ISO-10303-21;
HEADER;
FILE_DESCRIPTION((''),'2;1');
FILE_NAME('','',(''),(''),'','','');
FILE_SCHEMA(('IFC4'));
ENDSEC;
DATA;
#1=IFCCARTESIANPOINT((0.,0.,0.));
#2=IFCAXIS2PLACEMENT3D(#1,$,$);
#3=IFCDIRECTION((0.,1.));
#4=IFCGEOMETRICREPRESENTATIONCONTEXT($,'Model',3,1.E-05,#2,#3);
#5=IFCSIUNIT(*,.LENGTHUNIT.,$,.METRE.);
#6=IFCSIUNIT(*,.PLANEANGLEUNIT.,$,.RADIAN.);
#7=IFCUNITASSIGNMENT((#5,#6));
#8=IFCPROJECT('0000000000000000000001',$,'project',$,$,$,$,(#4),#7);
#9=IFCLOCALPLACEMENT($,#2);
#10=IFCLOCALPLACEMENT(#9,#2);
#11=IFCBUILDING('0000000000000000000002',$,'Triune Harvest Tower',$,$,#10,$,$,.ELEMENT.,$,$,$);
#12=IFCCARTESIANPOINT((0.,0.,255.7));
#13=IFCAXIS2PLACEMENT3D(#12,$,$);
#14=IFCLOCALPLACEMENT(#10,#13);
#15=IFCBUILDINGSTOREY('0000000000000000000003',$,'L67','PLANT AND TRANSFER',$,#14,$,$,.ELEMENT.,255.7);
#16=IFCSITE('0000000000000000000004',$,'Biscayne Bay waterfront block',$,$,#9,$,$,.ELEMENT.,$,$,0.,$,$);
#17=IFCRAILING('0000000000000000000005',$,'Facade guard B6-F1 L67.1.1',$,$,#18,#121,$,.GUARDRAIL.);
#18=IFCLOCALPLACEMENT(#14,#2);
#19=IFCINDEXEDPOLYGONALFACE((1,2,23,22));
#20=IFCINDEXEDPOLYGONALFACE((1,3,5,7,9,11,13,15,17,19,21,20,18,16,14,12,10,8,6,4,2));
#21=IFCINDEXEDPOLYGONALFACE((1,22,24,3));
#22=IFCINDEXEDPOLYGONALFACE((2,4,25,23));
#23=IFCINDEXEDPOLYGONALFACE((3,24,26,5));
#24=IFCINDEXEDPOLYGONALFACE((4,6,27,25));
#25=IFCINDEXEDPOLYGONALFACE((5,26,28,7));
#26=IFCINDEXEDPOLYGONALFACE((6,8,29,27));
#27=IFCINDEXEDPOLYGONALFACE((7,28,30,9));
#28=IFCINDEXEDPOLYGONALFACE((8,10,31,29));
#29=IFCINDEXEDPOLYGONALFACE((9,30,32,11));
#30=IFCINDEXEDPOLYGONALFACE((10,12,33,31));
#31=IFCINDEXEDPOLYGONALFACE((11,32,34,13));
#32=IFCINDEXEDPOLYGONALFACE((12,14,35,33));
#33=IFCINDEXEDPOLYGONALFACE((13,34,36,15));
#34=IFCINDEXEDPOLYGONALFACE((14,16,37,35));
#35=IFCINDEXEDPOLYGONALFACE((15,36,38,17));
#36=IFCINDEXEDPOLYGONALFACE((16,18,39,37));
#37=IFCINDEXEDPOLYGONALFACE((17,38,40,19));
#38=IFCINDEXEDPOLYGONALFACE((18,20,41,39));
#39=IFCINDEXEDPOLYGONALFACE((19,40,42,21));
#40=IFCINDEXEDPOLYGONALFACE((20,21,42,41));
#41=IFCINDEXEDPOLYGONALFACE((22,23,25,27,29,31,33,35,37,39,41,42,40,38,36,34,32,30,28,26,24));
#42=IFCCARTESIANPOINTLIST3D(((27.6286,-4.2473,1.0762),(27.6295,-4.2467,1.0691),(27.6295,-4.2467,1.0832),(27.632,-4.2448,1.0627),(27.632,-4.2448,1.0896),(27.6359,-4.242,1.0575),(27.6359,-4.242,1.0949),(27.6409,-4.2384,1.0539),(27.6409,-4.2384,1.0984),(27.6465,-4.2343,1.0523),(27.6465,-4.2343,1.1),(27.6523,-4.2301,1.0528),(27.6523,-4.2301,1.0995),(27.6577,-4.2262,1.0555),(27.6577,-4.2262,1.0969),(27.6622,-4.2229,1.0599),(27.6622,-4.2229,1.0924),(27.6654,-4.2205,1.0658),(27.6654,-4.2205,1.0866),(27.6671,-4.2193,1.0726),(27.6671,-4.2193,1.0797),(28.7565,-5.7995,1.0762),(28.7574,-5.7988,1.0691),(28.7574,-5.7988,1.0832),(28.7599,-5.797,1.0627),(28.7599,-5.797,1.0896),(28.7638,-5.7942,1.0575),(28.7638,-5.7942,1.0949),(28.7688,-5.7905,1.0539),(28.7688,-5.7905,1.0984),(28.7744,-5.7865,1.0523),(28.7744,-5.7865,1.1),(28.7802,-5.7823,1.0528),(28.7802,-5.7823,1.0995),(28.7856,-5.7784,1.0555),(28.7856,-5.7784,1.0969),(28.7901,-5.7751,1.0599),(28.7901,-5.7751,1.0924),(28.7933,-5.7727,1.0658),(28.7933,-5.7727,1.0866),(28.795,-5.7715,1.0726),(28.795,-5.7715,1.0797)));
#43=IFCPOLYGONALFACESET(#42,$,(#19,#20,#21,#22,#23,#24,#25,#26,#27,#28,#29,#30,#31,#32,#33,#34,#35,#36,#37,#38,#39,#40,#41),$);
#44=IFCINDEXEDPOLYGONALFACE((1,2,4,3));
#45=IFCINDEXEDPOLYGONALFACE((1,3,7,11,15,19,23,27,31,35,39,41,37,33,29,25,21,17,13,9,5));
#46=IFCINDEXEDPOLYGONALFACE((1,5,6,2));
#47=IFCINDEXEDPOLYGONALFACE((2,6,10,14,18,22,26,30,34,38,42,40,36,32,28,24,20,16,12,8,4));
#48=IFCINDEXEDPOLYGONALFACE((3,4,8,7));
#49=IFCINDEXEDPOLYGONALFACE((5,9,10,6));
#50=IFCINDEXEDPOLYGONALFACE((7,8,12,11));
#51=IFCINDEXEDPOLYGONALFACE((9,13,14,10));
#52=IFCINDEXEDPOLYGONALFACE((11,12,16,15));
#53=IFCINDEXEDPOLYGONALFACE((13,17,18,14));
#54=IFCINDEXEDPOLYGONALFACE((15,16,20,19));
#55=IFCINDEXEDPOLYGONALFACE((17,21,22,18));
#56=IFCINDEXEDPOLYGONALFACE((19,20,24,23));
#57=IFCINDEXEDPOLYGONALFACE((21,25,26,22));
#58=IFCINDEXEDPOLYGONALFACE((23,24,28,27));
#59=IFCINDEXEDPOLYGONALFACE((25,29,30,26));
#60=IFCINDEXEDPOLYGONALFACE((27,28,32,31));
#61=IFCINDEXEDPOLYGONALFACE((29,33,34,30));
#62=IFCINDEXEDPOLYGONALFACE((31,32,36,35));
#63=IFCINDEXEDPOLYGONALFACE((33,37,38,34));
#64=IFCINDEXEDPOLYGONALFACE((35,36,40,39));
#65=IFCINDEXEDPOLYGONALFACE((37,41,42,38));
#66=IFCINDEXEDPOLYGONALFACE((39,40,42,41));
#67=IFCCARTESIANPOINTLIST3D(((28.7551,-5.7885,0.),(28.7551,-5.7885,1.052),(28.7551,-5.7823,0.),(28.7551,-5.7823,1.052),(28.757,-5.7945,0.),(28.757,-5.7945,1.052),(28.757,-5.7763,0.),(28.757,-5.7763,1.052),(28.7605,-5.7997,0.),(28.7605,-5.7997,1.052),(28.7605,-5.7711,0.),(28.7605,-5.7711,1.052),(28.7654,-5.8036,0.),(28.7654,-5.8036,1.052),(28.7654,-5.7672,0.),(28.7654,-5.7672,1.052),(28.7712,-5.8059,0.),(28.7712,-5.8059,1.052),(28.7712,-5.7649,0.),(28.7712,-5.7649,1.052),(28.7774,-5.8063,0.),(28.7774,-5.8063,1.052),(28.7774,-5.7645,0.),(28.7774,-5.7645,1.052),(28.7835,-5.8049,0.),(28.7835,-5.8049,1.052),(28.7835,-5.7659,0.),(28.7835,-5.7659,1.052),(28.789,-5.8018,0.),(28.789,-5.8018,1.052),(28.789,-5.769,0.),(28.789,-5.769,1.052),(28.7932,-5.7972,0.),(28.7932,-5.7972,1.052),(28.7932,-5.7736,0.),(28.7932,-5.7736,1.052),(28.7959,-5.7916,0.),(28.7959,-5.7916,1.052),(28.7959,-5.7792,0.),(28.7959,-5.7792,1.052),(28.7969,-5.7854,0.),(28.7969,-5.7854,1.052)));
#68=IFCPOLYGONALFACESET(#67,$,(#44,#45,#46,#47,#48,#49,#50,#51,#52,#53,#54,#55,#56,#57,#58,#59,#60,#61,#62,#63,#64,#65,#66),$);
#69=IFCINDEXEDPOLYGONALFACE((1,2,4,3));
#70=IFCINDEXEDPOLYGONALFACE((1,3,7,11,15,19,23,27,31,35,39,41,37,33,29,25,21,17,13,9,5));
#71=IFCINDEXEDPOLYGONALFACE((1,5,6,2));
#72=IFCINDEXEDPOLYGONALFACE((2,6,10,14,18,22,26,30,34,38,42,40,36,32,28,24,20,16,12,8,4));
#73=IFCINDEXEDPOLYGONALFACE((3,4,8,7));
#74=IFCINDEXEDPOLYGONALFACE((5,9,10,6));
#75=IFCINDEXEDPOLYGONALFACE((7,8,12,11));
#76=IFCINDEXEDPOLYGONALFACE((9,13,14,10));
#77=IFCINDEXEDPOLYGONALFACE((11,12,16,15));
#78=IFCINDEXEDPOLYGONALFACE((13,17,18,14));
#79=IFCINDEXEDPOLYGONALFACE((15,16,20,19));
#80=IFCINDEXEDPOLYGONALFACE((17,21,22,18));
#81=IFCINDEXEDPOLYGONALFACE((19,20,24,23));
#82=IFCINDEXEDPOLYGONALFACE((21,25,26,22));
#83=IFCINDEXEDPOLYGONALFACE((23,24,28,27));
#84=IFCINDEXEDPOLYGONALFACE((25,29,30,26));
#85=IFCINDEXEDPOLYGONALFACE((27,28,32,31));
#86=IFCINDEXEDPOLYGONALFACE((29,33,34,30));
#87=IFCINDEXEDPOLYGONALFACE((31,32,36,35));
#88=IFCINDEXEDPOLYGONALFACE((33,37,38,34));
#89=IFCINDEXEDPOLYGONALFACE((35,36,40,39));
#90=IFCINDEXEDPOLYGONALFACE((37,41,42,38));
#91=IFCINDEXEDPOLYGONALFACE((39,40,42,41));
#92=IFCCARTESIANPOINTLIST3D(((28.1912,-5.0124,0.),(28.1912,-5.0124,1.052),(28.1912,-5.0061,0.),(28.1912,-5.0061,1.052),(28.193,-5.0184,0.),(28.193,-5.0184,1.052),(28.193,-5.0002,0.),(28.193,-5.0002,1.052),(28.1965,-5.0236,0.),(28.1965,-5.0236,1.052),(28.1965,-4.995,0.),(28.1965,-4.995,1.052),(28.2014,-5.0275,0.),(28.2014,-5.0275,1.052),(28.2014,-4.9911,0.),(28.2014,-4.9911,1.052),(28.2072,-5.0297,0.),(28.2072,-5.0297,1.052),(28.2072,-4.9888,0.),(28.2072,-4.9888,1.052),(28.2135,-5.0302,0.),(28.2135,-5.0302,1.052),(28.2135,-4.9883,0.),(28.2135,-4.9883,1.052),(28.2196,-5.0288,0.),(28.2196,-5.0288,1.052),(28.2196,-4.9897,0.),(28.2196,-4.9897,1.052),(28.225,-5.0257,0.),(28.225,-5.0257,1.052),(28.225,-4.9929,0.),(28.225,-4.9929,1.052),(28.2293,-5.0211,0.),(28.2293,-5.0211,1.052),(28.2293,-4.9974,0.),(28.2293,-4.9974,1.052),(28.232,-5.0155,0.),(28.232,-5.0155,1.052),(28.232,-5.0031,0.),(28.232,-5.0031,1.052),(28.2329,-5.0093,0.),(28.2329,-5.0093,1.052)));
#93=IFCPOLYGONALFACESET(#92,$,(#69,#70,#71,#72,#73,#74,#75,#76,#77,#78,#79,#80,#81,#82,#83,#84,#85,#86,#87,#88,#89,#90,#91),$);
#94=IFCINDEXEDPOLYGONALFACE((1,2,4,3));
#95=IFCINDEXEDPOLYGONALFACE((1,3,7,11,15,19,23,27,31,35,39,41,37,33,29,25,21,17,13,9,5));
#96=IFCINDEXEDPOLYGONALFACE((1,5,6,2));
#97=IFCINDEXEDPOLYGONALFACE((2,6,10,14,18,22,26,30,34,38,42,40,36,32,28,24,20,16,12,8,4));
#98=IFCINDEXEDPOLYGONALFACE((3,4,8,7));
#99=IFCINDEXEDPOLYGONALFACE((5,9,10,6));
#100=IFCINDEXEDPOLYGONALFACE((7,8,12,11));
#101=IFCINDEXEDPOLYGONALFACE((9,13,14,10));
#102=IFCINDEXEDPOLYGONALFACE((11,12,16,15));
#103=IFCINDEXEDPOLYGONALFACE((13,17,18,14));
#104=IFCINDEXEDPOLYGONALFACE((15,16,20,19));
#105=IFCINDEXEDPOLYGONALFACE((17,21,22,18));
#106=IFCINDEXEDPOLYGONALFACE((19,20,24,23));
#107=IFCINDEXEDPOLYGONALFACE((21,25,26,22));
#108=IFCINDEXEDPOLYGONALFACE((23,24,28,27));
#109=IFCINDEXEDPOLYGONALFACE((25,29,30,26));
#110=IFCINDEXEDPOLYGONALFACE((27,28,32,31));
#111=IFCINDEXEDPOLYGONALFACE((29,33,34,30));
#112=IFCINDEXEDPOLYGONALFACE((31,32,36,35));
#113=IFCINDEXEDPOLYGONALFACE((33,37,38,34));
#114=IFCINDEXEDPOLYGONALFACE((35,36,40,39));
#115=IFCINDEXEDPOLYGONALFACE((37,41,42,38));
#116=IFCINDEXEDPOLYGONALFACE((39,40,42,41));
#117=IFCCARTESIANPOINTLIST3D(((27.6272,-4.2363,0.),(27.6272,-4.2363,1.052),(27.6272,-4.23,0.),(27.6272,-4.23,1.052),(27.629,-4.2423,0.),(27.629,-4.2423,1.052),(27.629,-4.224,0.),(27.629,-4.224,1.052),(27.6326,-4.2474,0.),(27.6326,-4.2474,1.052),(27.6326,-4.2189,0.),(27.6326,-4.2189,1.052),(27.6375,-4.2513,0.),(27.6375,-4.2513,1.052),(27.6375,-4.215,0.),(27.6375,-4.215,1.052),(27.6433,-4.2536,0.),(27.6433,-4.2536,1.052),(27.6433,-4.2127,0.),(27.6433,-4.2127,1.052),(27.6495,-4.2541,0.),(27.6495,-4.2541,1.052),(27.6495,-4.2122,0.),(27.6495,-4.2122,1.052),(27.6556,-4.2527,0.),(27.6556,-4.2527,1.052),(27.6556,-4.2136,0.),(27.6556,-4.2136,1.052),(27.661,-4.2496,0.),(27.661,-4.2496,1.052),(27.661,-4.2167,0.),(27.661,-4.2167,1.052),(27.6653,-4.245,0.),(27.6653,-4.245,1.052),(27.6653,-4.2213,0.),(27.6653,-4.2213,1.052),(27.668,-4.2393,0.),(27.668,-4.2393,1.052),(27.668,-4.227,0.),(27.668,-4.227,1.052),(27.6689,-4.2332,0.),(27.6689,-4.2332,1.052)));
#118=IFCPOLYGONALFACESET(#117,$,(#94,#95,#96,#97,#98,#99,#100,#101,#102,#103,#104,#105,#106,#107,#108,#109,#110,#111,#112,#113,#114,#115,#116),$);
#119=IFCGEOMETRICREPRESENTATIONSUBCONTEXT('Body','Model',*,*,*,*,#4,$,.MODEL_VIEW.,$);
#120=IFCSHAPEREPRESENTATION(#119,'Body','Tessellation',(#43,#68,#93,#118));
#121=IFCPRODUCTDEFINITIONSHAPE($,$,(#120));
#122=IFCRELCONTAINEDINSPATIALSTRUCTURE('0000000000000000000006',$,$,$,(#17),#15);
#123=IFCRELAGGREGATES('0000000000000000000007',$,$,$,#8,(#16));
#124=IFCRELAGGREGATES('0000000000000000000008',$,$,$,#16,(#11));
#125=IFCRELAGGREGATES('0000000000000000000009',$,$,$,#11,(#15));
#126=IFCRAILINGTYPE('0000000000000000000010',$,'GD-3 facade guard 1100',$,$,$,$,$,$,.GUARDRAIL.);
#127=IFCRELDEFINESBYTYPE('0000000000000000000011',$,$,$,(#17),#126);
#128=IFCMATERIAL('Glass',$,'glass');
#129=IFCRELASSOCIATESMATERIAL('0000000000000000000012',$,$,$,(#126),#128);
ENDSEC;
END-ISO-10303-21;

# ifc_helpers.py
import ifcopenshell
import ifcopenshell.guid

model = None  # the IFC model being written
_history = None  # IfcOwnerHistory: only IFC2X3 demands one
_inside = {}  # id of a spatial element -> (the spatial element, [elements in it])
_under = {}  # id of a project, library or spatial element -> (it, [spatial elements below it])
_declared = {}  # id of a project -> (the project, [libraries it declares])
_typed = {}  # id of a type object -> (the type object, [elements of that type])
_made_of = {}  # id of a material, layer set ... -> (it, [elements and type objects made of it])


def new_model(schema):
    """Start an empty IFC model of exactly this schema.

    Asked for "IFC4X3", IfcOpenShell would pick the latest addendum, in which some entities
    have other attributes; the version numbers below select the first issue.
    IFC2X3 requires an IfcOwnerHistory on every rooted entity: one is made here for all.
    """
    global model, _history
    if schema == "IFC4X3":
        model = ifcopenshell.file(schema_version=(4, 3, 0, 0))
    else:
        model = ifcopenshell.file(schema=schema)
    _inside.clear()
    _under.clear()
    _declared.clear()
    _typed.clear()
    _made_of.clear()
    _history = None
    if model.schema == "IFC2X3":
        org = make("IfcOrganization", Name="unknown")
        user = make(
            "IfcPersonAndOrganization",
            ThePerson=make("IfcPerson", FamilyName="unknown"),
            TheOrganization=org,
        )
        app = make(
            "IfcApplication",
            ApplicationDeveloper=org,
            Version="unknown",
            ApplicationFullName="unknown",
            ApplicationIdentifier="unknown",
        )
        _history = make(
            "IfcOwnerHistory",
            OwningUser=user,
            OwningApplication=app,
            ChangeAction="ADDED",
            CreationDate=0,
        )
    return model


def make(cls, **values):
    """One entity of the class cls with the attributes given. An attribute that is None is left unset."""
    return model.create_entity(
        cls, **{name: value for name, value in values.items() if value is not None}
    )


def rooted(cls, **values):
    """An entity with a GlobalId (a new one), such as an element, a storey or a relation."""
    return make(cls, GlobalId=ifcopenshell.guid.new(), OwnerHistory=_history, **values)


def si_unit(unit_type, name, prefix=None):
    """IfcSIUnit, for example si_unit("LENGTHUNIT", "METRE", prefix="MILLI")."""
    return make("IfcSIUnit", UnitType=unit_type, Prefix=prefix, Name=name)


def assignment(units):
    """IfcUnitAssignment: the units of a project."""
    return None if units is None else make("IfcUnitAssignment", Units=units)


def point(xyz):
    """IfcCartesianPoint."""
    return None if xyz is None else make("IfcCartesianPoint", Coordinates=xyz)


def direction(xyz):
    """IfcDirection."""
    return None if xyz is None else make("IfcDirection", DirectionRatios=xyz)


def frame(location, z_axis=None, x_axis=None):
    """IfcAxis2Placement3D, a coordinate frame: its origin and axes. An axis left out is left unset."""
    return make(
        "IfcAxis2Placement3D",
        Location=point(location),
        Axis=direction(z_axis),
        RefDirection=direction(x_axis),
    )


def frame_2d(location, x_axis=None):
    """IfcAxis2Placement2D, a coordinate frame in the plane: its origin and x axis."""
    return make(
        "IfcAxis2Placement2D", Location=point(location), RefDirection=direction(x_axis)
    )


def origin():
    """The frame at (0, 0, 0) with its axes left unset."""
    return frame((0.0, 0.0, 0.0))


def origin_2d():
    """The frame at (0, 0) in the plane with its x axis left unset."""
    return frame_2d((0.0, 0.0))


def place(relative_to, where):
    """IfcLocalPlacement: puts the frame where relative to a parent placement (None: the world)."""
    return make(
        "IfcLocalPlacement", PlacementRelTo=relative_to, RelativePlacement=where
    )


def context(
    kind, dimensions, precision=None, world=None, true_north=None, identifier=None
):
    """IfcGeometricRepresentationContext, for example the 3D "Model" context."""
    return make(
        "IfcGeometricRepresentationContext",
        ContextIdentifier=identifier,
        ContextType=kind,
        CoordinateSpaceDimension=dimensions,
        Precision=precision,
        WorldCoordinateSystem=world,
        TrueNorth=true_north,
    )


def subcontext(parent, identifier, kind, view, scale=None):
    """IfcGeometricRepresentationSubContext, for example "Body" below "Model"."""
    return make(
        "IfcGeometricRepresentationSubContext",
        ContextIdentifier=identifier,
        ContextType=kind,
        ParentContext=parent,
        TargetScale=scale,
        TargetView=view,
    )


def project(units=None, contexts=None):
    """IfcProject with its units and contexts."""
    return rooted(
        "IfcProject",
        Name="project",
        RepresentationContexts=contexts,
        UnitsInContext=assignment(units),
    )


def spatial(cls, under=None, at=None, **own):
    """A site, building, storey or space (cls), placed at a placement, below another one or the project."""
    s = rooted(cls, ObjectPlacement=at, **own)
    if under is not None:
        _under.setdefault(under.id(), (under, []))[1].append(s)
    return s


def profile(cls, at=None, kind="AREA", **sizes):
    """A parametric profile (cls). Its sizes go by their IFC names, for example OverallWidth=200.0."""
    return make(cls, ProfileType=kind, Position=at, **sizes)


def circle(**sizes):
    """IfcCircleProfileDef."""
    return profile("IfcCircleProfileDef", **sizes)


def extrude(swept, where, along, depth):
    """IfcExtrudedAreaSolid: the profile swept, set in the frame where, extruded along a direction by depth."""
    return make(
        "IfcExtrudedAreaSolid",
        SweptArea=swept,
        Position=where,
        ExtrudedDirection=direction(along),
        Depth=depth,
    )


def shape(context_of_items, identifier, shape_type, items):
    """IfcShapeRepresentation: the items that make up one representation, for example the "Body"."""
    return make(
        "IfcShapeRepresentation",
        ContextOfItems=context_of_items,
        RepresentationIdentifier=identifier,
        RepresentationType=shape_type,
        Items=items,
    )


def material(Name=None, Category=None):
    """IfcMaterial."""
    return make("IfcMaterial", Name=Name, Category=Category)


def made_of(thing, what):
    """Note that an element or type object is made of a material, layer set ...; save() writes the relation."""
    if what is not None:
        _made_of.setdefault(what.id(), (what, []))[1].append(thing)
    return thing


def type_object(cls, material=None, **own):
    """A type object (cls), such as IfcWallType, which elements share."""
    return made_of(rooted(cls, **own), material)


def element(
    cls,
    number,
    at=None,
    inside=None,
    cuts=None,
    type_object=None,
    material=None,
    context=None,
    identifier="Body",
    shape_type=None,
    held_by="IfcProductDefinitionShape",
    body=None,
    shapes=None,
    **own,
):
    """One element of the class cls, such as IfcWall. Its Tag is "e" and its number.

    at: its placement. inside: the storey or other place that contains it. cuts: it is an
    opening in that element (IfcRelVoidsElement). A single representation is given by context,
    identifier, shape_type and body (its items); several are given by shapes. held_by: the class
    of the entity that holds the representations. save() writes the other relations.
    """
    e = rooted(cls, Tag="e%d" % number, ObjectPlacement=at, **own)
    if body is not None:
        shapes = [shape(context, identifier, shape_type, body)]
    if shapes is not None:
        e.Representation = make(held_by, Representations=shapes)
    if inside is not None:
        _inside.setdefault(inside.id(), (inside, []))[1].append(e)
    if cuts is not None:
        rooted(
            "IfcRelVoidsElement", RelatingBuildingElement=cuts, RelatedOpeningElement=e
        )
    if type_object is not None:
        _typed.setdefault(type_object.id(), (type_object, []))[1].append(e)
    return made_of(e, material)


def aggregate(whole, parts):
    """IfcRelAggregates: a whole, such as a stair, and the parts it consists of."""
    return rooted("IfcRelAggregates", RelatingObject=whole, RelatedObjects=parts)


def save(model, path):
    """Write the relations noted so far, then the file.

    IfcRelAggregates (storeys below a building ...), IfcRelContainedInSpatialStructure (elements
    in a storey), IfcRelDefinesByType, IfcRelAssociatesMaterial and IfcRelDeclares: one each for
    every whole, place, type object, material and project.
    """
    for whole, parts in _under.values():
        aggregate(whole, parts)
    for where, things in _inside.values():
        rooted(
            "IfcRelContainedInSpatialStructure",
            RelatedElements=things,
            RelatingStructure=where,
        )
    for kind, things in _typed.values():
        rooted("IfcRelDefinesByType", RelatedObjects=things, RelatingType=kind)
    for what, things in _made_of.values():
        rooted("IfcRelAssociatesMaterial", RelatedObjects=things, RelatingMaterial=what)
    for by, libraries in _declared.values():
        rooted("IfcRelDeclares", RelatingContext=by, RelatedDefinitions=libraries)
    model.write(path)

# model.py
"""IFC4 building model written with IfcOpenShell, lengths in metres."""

from ifc_helpers import new_model, si_unit, direction, frame, origin, origin_2d, place, context, subcontext, project, spatial, circle, extrude, material, type_object, element, save


model = new_model("IFC4")

# Units and contexts
model_context = context("Model", 3, precision=1e-05, world=origin(), true_north=direction((0.0, 1.0)))
body_context = subcontext(model_context, "Body", "Model", "MODEL_VIEW")
ifc_project = project(units=[si_unit("LENGTHUNIT", "METRE"), si_unit("PLANEANGLEUNIT", "RADIAN")], contexts=[model_context])

# Site, building, storey
site_placement = place(None, origin())
site = spatial("IfcSite", under=ifc_project, at=site_placement, Name="Biscayne Bay waterfront block", CompositionType="ELEMENT", RefElevation=0.0)
building_placement = place(site_placement, origin())
building = spatial("IfcBuilding", under=site, at=building_placement, Name="Triune Harvest Tower", CompositionType="ELEMENT")
storey_placement = place(building_placement, frame((0.0, 0.0, 255.7)))
storey = spatial("IfcBuildingStorey", under=building, at=storey_placement, Name="L67", Description="PLANT AND TRANSFER", CompositionType="ELEMENT", Elevation=255.7)

# Railing
ifc_material_1 = material(Name="Glass", Category="glass")
railing_type = type_object("IfcRailingType", Name="GD-3 facade guard 1100", PredefinedType="GUARDRAIL", material=ifc_material_1)
railing_1_placement = place(storey_placement, frame((28.7759, -5.7854, 0.0)))
element("IfcRailing", 1, at=railing_1_placement, inside=storey, type_object=railing_type, Name="Facade guard B6-F1 L67.1.1", PredefinedType="GUARDRAIL", context=body_context, shape_type="SweptSolid", body=[
    extrude(circle(Radius=0.0239, at=origin_2d()), frame((0.0, 0.0, 1.0762), z_axis=(-0.587839, 0.808978, 0.0), x_axis=(-0.808978, -0.587839, 0.0)), (0.0, 0.0, 1.0), 1.9187),
    extrude(circle(Radius=0.021, at=origin_2d()), origin(), (0.0, 0.0, 1.0), 1.052),
    extrude(circle(Radius=0.021, at=origin_2d()), frame((-0.564, 0.7761, 0.0)), (0.0, 0.0, 1.0), 1.052),
    extrude(circle(Radius=0.021, at=origin_2d()), frame((-1.1279, 1.5522, 0.0)), (0.0, 0.0, 1.0), 1.052),
])

save(model, "model.ifc")
